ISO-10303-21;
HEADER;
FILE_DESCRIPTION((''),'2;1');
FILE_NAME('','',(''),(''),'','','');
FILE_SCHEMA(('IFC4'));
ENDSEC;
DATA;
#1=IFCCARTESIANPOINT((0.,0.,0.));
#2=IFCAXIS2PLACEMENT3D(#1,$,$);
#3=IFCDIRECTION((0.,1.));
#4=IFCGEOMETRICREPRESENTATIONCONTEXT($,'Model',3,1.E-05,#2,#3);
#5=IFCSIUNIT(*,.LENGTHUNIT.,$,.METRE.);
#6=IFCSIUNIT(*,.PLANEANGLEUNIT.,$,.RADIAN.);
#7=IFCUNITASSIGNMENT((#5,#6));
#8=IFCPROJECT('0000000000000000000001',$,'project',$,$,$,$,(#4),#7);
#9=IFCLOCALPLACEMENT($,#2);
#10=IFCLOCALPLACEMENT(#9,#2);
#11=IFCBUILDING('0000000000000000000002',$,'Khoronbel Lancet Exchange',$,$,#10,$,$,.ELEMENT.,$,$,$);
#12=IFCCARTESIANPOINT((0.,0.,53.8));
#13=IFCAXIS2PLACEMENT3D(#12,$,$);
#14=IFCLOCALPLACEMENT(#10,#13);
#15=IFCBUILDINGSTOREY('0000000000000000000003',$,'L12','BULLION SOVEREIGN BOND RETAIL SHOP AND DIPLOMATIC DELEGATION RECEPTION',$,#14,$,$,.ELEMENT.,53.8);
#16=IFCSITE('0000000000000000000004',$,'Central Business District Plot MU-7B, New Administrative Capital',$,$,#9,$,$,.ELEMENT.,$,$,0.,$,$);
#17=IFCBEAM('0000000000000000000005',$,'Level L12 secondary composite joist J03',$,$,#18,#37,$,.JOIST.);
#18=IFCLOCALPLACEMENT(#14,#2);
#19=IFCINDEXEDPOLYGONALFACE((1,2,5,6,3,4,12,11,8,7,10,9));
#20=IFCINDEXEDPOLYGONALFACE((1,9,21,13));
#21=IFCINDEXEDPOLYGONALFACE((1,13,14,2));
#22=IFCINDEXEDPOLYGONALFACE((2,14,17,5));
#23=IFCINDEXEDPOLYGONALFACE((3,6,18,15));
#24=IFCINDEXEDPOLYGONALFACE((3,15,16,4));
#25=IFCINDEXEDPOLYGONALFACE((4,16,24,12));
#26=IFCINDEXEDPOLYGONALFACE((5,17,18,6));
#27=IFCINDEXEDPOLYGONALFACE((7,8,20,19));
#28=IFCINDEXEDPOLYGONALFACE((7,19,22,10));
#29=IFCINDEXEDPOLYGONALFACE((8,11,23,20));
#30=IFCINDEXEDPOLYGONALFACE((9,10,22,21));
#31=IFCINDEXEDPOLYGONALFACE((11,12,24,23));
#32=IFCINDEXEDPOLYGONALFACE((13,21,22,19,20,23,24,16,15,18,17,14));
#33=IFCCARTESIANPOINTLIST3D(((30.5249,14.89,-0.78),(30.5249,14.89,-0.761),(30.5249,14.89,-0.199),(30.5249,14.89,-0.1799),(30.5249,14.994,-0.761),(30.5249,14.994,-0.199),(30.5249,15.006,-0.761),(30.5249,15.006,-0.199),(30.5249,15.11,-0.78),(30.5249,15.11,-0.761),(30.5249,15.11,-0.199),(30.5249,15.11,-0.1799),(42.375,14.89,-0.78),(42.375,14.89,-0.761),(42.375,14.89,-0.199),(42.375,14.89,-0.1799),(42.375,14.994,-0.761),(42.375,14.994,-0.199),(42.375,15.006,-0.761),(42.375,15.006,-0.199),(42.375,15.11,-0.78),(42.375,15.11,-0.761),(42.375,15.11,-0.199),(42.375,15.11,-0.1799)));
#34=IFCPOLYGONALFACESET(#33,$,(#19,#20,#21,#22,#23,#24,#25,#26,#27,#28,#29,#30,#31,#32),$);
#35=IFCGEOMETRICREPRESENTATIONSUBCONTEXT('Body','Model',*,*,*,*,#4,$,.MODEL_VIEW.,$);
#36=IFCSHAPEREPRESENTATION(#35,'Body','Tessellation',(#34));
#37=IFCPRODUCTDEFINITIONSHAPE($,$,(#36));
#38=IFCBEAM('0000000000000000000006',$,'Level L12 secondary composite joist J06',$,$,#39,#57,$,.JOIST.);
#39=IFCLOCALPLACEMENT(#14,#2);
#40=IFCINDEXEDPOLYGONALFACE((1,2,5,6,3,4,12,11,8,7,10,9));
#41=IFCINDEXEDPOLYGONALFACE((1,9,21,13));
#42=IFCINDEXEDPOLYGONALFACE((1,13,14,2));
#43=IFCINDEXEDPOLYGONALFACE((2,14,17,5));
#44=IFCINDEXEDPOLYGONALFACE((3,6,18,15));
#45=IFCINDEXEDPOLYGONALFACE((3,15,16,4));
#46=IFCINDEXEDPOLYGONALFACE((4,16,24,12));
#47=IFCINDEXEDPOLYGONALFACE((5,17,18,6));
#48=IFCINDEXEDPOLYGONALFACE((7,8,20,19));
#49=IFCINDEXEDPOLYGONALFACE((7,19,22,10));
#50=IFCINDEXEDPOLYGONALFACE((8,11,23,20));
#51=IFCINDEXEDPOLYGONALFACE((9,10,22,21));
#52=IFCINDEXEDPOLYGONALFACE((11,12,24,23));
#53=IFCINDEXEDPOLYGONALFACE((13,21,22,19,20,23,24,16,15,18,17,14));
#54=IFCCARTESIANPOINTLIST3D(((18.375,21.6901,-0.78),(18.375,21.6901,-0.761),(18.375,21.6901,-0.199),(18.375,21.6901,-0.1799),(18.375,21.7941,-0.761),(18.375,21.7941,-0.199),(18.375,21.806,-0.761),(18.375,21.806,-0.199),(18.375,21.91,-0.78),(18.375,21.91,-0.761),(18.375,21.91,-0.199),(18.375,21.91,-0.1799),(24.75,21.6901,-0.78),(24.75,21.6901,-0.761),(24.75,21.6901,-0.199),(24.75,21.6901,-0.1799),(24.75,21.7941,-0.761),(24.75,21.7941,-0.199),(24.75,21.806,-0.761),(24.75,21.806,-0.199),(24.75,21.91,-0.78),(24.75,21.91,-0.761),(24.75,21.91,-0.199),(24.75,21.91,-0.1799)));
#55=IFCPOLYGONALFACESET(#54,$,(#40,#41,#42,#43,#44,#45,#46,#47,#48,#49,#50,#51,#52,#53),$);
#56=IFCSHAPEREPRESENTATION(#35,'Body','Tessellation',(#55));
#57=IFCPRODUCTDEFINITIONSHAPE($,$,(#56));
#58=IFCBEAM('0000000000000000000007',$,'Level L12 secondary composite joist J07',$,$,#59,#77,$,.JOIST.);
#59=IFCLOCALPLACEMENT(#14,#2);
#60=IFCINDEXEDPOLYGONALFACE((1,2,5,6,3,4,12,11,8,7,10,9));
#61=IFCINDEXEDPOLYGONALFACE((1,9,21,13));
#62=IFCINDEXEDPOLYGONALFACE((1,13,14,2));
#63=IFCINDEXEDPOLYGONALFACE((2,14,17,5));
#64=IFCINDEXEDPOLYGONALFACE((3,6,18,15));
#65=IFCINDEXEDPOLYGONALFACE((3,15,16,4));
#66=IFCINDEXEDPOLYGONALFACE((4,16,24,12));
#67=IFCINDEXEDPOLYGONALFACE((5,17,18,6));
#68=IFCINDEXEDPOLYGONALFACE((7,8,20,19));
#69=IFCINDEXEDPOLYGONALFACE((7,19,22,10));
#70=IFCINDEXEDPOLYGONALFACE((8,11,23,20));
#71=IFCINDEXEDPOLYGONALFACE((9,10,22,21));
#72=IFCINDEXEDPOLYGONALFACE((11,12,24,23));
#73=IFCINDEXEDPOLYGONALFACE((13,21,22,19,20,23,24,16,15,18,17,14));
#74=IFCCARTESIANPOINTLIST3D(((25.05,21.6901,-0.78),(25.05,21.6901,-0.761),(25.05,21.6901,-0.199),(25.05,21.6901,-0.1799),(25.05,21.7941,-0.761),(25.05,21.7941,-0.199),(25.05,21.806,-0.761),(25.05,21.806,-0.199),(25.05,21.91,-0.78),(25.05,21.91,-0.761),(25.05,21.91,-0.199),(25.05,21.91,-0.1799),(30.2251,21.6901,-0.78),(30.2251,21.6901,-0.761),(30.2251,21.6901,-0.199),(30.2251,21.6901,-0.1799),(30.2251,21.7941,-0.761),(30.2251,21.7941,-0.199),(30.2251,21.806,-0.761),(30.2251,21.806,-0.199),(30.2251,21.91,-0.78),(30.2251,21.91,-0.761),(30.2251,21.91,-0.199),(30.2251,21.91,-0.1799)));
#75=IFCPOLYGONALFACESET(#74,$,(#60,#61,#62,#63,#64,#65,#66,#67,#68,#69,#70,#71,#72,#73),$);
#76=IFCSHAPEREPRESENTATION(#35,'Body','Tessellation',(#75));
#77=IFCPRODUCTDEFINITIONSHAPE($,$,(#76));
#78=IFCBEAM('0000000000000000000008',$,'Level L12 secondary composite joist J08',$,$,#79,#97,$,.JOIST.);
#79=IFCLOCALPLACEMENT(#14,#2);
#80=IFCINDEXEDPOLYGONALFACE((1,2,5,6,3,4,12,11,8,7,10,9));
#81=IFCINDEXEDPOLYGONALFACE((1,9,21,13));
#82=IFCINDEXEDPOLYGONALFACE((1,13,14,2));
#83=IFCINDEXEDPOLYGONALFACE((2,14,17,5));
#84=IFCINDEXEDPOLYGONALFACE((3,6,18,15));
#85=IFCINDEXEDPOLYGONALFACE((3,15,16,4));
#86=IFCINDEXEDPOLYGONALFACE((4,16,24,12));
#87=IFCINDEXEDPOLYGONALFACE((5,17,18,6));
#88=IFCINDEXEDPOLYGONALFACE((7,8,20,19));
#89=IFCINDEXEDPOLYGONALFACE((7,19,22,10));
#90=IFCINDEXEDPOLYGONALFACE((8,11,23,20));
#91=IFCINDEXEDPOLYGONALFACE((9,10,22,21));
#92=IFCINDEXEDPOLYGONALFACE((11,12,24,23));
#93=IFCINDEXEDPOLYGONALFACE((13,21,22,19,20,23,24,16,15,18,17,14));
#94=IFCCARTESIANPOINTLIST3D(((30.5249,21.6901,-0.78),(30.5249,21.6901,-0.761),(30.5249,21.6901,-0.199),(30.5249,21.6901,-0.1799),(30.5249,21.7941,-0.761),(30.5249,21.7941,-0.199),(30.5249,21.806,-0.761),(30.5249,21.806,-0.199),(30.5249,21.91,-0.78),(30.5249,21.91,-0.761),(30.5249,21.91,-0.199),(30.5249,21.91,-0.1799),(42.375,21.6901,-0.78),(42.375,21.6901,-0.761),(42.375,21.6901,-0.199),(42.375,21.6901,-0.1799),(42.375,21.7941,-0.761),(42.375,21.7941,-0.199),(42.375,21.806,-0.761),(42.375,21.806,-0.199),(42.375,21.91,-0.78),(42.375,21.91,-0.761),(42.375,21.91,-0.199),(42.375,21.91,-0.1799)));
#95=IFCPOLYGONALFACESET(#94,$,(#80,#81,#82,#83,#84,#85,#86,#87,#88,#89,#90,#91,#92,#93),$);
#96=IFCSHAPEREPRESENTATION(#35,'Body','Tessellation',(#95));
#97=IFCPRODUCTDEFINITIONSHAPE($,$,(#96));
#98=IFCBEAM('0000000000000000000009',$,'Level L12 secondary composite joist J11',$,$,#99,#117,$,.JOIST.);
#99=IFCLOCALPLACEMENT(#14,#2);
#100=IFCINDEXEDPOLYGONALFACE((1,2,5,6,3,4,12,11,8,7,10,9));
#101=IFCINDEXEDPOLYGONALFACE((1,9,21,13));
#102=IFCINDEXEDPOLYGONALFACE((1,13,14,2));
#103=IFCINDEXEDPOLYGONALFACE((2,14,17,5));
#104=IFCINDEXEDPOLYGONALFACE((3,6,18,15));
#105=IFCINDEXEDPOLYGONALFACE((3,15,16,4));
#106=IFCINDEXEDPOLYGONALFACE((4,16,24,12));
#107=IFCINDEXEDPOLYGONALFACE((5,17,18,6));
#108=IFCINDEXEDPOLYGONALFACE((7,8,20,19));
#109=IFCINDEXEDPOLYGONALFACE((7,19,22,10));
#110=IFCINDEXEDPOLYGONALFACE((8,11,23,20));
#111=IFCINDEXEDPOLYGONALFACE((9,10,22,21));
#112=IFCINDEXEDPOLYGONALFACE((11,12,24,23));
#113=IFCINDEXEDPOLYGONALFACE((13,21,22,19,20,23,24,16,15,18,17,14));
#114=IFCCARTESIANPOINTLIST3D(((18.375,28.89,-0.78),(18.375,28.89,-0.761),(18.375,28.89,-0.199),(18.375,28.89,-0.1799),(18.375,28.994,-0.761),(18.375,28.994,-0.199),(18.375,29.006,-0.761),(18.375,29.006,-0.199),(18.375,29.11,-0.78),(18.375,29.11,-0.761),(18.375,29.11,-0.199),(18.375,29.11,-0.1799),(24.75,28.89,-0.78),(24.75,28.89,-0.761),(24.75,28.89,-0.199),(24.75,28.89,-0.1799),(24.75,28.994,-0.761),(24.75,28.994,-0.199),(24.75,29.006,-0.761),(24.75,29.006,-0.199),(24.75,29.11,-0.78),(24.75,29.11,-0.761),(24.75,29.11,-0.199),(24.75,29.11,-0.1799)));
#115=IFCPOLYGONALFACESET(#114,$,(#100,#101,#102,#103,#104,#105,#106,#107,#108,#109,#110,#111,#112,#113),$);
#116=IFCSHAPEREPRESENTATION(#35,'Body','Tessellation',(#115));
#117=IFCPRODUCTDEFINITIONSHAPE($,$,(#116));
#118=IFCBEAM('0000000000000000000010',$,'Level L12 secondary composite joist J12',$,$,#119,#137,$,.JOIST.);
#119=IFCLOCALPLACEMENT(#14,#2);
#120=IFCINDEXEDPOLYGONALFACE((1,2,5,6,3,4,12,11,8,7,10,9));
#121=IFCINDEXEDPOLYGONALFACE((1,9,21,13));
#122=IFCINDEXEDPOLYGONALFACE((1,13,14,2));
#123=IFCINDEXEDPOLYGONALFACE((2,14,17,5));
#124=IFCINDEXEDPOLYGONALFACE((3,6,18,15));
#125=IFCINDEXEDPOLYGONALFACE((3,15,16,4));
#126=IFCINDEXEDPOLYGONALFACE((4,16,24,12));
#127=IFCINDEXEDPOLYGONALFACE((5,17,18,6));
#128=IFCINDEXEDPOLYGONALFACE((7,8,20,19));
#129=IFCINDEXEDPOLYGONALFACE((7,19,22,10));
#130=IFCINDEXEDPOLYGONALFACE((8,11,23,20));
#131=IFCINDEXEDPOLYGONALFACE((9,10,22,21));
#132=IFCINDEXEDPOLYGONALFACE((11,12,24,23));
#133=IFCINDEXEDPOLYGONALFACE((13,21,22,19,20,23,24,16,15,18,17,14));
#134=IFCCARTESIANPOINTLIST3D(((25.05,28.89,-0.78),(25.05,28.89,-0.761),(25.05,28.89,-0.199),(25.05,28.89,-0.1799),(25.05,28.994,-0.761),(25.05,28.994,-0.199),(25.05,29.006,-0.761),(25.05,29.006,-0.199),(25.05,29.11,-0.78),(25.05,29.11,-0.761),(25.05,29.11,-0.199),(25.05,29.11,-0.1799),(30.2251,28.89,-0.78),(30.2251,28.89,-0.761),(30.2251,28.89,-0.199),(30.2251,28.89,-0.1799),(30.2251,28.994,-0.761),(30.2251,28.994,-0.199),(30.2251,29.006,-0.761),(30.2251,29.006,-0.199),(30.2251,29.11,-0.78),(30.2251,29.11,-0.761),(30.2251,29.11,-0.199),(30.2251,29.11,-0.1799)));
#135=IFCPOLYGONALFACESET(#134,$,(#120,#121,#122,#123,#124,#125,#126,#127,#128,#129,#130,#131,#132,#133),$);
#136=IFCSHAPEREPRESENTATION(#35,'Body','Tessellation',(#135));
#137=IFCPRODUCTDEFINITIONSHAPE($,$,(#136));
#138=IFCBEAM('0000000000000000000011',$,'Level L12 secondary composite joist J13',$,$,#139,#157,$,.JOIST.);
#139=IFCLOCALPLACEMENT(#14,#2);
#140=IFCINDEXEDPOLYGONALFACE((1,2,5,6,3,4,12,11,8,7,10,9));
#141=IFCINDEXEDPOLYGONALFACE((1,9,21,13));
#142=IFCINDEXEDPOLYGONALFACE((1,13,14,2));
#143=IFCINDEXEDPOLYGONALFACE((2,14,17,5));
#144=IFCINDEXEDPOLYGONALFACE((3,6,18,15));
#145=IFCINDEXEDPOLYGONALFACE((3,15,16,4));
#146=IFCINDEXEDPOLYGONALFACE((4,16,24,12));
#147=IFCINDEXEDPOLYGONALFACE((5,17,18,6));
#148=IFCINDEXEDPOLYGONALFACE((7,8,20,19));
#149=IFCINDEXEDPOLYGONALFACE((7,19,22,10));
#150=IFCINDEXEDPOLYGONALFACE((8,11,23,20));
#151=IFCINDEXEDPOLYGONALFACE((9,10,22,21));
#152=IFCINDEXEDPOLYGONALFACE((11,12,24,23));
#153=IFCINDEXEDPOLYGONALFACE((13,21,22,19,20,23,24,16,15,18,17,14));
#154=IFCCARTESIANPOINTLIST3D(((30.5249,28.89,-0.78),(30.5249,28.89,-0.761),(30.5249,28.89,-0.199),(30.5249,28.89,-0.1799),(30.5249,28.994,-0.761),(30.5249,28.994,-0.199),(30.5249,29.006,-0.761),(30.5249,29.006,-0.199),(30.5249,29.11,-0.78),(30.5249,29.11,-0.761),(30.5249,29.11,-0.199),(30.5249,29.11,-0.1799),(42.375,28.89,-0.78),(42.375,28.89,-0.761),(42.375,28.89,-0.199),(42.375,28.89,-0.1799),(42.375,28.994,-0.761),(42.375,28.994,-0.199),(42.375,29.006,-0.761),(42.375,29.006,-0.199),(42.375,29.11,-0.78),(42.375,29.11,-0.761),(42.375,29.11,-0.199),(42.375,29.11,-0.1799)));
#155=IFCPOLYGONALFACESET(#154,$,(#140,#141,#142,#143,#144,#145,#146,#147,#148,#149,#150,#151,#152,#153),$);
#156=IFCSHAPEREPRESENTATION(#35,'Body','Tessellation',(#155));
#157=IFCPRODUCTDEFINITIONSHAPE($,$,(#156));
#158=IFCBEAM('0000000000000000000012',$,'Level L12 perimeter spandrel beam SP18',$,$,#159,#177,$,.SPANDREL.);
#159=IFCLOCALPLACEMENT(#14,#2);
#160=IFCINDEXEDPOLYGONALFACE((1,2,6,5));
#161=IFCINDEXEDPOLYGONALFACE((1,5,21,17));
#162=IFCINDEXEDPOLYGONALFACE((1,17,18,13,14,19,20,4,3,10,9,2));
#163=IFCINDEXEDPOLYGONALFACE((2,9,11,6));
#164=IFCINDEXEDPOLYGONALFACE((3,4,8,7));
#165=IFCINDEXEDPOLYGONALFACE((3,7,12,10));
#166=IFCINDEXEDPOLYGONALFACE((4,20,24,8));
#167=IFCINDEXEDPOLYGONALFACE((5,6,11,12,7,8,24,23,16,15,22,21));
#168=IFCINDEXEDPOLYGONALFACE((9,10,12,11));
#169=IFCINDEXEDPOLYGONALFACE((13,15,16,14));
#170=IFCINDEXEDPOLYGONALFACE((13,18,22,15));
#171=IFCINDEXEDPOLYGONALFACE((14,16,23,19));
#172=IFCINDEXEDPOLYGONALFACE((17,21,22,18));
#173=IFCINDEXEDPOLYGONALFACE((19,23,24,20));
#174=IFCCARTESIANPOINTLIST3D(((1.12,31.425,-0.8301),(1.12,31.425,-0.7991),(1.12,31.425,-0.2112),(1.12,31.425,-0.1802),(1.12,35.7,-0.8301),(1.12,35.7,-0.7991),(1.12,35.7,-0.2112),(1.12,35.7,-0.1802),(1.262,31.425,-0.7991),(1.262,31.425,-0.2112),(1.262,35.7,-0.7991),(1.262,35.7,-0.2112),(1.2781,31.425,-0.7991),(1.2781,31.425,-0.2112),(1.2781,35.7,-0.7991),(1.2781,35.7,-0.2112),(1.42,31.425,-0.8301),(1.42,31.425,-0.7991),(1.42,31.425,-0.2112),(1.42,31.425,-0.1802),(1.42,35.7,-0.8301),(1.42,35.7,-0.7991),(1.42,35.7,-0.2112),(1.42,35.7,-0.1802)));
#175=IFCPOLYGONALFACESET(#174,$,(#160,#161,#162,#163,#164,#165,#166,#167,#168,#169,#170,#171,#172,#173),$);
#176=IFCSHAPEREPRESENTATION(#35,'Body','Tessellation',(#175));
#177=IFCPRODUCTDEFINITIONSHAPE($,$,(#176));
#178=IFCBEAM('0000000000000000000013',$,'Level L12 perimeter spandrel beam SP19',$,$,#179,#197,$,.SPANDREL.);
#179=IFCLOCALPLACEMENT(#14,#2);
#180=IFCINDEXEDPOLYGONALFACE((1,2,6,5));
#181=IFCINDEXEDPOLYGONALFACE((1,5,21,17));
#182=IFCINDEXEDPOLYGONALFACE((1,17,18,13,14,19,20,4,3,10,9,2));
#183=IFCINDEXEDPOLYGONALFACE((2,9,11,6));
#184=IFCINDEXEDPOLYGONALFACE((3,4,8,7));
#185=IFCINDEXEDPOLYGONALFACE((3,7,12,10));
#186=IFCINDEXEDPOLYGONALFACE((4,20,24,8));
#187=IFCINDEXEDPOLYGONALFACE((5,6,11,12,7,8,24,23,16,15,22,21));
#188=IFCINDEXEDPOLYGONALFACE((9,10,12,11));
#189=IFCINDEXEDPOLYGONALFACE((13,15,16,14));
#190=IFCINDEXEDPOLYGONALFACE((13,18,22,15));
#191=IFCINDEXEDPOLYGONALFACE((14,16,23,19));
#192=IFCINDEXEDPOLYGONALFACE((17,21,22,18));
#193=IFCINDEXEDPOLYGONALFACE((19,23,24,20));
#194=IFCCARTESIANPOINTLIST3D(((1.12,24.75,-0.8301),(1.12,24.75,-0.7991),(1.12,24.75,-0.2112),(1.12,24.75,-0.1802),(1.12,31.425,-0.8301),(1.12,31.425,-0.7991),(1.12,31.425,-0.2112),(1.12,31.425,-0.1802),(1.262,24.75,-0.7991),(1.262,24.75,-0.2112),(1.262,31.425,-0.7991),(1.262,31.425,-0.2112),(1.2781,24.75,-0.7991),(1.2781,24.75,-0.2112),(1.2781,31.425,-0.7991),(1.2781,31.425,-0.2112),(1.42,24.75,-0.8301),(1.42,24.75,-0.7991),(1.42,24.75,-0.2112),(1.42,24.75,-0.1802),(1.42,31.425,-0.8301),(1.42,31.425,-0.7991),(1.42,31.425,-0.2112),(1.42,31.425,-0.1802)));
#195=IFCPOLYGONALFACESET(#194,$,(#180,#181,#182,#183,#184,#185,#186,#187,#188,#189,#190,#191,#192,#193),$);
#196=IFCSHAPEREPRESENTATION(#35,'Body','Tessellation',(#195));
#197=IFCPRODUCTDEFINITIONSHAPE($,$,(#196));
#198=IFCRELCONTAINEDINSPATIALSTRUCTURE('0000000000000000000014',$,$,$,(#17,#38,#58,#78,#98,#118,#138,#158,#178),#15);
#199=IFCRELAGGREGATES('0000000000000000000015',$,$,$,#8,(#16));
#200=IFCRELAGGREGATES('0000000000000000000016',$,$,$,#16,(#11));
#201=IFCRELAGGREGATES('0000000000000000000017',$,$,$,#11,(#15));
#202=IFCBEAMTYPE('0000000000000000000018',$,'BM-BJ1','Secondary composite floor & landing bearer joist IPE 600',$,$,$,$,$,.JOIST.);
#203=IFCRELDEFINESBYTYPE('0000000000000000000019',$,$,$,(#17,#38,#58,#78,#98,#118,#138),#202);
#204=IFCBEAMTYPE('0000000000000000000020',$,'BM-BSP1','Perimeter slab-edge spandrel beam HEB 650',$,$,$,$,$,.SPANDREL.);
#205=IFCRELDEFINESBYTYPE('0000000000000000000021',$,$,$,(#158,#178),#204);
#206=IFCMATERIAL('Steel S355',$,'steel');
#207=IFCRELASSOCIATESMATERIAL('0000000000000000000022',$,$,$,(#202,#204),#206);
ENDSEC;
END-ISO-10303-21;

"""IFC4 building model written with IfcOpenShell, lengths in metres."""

from ifc_helpers import new_model, si_unit, direction, frame, origin, origin_2d, place, context, subcontext, project, spatial, i_section, extrude, material, material_profile, profile_set, type_object, element, save


model = new_model("IFC4")

# Units and contexts
model_context = context("Model", 3, precision=1e-05, world=origin(), true_north=direction((0.0, 1.0)))
body_context = subcontext(model_context, "Body", "Model", "MODEL_VIEW")
ifc_project = project(units=[si_unit("LENGTHUNIT", "METRE"), si_unit("PLANEANGLEUNIT", "RADIAN")], contexts=[model_context])

# Site, building, storey
site_placement = place(None, origin())
site = spatial("IfcSite", under=ifc_project, at=site_placement, Name="Central Business District Plot MU-7B, New Administrative Capital", CompositionType="ELEMENT", RefElevation=0.0)
building_placement = place(site_placement, origin())
building = spatial("IfcBuilding", under=site, at=building_placement, Name="Khoronbel Lancet Exchange", CompositionType="ELEMENT")
storey_placement = place(building_placement, frame((0.0, 0.0, 53.8)))
storey = spatial("IfcBuildingStorey", under=building, at=storey_placement, Name="L12", Description="BULLION SOVEREIGN BOND RETAIL SHOP AND DIPLOMATIC DELEGATION RECEPTION", CompositionType="ELEMENT", Elevation=53.8)

# Shared definitions
ifc_material_1 = material(Name="Steel S355", Category="steel")

# Beams
ifc_material_profile_1 = material_profile(ifc_material_1, i_section(OverallWidth=0.22, OverallDepth=0.6001, WebThickness=0.012, FlangeThickness=0.019, at=origin_2d()), Name="IPE 600")
ifc_profile_set_1 = profile_set([ifc_material_profile_1], Name="Steel S355")
beam_type_1 = type_object("IfcBeamType", Name="BM-BJ1", Description="Secondary composite floor & landing bearer joist IPE 600", PredefinedType="JOIST", material=ifc_profile_set_1)
beam_1_placement = place(storey_placement, frame((30.5249, 15.0, -0.48), z_axis=(1.0, 0.0, 0.0), x_axis=(0.0, 1.0, 0.0)))
element("IfcBeam", 1, at=beam_1_placement, inside=storey, type_object=beam_type_1, Name="Level L12 secondary composite joist J03", PredefinedType="JOIST", context=body_context, shape_type="SweptSolid", body=[
    extrude(i_section(OverallWidth=0.22, OverallDepth=0.6001, WebThickness=0.012, FlangeThickness=0.019, at=origin_2d()), origin(), (0.0, 0.0, 1.0), 11.8501),
])
beam_2_placement = place(storey_placement, frame((18.375, 21.8, -0.48), z_axis=(1.0, 0.0, 0.0), x_axis=(0.0, 1.0, 0.0)))
element("IfcBeam", 2, at=beam_2_placement, inside=storey, type_object=beam_type_1, Name="Level L12 secondary composite joist J06", PredefinedType="JOIST", context=body_context, shape_type="SweptSolid", body=[
    extrude(i_section(OverallWidth=0.22, OverallDepth=0.6001, WebThickness=0.012, FlangeThickness=0.019, at=origin_2d()), origin(), (0.0, 0.0, 1.0), 6.375),
])
beam_3_placement = place(storey_placement, frame((25.05, 21.8, -0.48), z_axis=(1.0, 0.0, 0.0), x_axis=(0.0, 1.0, 0.0)))
element("IfcBeam", 3, at=beam_3_placement, inside=storey, type_object=beam_type_1, Name="Level L12 secondary composite joist J07", PredefinedType="JOIST", context=body_context, shape_type="SweptSolid", body=[
    extrude(i_section(OverallWidth=0.22, OverallDepth=0.6001, WebThickness=0.012, FlangeThickness=0.019, at=origin_2d()), origin(), (0.0, 0.0, 1.0), 5.175),
])
beam_4_placement = place(storey_placement, frame((30.5249, 21.8, -0.48), z_axis=(1.0, 0.0, 0.0), x_axis=(0.0, 1.0, 0.0)))
element("IfcBeam", 4, at=beam_4_placement, inside=storey, type_object=beam_type_1, Name="Level L12 secondary composite joist J08", PredefinedType="JOIST", context=body_context, shape_type="SweptSolid", body=[
    extrude(i_section(OverallWidth=0.22, OverallDepth=0.6001, WebThickness=0.012, FlangeThickness=0.019, at=origin_2d()), origin(), (0.0, 0.0, 1.0), 11.8501),
])
beam_5_placement = place(storey_placement, frame((18.375, 29.0, -0.48), z_axis=(1.0, 0.0, 0.0), x_axis=(0.0, 1.0, 0.0)))
element("IfcBeam", 5, at=beam_5_placement, inside=storey, type_object=beam_type_1, Name="Level L12 secondary composite joist J11", PredefinedType="JOIST", context=body_context, shape_type="SweptSolid", body=[
    extrude(i_section(OverallWidth=0.22, OverallDepth=0.6001, WebThickness=0.012, FlangeThickness=0.019, at=origin_2d()), origin(), (0.0, 0.0, 1.0), 6.375),
])
beam_6_placement = place(storey_placement, frame((25.05, 29.0, -0.48), z_axis=(1.0, 0.0, 0.0), x_axis=(0.0, 1.0, 0.0)))
element("IfcBeam", 6, at=beam_6_placement, inside=storey, type_object=beam_type_1, Name="Level L12 secondary composite joist J12", PredefinedType="JOIST", context=body_context, shape_type="SweptSolid", body=[
    extrude(i_section(OverallWidth=0.22, OverallDepth=0.6001, WebThickness=0.012, FlangeThickness=0.019, at=origin_2d()), origin(), (0.0, 0.0, 1.0), 5.175),
])
beam_7_placement = place(storey_placement, frame((30.5249, 29.0, -0.48), z_axis=(1.0, 0.0, 0.0), x_axis=(0.0, 1.0, 0.0)))
element("IfcBeam", 7, at=beam_7_placement, inside=storey, type_object=beam_type_1, Name="Level L12 secondary composite joist J13", PredefinedType="JOIST", context=body_context, shape_type="SweptSolid", body=[
    extrude(i_section(OverallWidth=0.22, OverallDepth=0.6001, WebThickness=0.012, FlangeThickness=0.019, at=origin_2d()), origin(), (0.0, 0.0, 1.0), 11.8501),
])
ifc_material_profile_2 = material_profile(ifc_material_1, i_section(OverallWidth=0.3, OverallDepth=0.6499, WebThickness=0.0161, FlangeThickness=0.031, at=origin_2d()), Name="HEB 650")
ifc_profile_set_2 = profile_set([ifc_material_profile_2], Name="Steel S355")
beam_type_2 = type_object("IfcBeamType", Name="BM-BSP1", Description="Perimeter slab-edge spandrel beam HEB 650", PredefinedType="SPANDREL", material=ifc_profile_set_2)
beam_8_placement = place(storey_placement, frame((1.27, 35.7, -0.5051), z_axis=(0.0, -1.0, 0.0), x_axis=(1.0, 0.0, 0.0)))
element("IfcBeam", 8, at=beam_8_placement, inside=storey, type_object=beam_type_2, Name="Level L12 perimeter spandrel beam SP18", PredefinedType="SPANDREL", context=body_context, shape_type="SweptSolid", body=[
    extrude(i_section(OverallWidth=0.3, OverallDepth=0.6499, WebThickness=0.0161, FlangeThickness=0.031, at=origin_2d()), origin(), (0.0, 0.0, 1.0), 4.2749),
])
beam_9_placement = place(storey_placement, frame((1.27, 31.425, -0.5051), z_axis=(0.0, -1.0, 0.0), x_axis=(1.0, 0.0, 0.0)))
element("IfcBeam", 9, at=beam_9_placement, inside=storey, type_object=beam_type_2, Name="Level L12 perimeter spandrel beam SP19", PredefinedType="SPANDREL", context=body_context, shape_type="SweptSolid", body=[
    extrude(i_section(OverallWidth=0.3, OverallDepth=0.6499, WebThickness=0.0161, FlangeThickness=0.031, at=origin_2d()), origin(), (0.0, 0.0, 1.0), 6.675),
])

save(model, "model.ifc")
